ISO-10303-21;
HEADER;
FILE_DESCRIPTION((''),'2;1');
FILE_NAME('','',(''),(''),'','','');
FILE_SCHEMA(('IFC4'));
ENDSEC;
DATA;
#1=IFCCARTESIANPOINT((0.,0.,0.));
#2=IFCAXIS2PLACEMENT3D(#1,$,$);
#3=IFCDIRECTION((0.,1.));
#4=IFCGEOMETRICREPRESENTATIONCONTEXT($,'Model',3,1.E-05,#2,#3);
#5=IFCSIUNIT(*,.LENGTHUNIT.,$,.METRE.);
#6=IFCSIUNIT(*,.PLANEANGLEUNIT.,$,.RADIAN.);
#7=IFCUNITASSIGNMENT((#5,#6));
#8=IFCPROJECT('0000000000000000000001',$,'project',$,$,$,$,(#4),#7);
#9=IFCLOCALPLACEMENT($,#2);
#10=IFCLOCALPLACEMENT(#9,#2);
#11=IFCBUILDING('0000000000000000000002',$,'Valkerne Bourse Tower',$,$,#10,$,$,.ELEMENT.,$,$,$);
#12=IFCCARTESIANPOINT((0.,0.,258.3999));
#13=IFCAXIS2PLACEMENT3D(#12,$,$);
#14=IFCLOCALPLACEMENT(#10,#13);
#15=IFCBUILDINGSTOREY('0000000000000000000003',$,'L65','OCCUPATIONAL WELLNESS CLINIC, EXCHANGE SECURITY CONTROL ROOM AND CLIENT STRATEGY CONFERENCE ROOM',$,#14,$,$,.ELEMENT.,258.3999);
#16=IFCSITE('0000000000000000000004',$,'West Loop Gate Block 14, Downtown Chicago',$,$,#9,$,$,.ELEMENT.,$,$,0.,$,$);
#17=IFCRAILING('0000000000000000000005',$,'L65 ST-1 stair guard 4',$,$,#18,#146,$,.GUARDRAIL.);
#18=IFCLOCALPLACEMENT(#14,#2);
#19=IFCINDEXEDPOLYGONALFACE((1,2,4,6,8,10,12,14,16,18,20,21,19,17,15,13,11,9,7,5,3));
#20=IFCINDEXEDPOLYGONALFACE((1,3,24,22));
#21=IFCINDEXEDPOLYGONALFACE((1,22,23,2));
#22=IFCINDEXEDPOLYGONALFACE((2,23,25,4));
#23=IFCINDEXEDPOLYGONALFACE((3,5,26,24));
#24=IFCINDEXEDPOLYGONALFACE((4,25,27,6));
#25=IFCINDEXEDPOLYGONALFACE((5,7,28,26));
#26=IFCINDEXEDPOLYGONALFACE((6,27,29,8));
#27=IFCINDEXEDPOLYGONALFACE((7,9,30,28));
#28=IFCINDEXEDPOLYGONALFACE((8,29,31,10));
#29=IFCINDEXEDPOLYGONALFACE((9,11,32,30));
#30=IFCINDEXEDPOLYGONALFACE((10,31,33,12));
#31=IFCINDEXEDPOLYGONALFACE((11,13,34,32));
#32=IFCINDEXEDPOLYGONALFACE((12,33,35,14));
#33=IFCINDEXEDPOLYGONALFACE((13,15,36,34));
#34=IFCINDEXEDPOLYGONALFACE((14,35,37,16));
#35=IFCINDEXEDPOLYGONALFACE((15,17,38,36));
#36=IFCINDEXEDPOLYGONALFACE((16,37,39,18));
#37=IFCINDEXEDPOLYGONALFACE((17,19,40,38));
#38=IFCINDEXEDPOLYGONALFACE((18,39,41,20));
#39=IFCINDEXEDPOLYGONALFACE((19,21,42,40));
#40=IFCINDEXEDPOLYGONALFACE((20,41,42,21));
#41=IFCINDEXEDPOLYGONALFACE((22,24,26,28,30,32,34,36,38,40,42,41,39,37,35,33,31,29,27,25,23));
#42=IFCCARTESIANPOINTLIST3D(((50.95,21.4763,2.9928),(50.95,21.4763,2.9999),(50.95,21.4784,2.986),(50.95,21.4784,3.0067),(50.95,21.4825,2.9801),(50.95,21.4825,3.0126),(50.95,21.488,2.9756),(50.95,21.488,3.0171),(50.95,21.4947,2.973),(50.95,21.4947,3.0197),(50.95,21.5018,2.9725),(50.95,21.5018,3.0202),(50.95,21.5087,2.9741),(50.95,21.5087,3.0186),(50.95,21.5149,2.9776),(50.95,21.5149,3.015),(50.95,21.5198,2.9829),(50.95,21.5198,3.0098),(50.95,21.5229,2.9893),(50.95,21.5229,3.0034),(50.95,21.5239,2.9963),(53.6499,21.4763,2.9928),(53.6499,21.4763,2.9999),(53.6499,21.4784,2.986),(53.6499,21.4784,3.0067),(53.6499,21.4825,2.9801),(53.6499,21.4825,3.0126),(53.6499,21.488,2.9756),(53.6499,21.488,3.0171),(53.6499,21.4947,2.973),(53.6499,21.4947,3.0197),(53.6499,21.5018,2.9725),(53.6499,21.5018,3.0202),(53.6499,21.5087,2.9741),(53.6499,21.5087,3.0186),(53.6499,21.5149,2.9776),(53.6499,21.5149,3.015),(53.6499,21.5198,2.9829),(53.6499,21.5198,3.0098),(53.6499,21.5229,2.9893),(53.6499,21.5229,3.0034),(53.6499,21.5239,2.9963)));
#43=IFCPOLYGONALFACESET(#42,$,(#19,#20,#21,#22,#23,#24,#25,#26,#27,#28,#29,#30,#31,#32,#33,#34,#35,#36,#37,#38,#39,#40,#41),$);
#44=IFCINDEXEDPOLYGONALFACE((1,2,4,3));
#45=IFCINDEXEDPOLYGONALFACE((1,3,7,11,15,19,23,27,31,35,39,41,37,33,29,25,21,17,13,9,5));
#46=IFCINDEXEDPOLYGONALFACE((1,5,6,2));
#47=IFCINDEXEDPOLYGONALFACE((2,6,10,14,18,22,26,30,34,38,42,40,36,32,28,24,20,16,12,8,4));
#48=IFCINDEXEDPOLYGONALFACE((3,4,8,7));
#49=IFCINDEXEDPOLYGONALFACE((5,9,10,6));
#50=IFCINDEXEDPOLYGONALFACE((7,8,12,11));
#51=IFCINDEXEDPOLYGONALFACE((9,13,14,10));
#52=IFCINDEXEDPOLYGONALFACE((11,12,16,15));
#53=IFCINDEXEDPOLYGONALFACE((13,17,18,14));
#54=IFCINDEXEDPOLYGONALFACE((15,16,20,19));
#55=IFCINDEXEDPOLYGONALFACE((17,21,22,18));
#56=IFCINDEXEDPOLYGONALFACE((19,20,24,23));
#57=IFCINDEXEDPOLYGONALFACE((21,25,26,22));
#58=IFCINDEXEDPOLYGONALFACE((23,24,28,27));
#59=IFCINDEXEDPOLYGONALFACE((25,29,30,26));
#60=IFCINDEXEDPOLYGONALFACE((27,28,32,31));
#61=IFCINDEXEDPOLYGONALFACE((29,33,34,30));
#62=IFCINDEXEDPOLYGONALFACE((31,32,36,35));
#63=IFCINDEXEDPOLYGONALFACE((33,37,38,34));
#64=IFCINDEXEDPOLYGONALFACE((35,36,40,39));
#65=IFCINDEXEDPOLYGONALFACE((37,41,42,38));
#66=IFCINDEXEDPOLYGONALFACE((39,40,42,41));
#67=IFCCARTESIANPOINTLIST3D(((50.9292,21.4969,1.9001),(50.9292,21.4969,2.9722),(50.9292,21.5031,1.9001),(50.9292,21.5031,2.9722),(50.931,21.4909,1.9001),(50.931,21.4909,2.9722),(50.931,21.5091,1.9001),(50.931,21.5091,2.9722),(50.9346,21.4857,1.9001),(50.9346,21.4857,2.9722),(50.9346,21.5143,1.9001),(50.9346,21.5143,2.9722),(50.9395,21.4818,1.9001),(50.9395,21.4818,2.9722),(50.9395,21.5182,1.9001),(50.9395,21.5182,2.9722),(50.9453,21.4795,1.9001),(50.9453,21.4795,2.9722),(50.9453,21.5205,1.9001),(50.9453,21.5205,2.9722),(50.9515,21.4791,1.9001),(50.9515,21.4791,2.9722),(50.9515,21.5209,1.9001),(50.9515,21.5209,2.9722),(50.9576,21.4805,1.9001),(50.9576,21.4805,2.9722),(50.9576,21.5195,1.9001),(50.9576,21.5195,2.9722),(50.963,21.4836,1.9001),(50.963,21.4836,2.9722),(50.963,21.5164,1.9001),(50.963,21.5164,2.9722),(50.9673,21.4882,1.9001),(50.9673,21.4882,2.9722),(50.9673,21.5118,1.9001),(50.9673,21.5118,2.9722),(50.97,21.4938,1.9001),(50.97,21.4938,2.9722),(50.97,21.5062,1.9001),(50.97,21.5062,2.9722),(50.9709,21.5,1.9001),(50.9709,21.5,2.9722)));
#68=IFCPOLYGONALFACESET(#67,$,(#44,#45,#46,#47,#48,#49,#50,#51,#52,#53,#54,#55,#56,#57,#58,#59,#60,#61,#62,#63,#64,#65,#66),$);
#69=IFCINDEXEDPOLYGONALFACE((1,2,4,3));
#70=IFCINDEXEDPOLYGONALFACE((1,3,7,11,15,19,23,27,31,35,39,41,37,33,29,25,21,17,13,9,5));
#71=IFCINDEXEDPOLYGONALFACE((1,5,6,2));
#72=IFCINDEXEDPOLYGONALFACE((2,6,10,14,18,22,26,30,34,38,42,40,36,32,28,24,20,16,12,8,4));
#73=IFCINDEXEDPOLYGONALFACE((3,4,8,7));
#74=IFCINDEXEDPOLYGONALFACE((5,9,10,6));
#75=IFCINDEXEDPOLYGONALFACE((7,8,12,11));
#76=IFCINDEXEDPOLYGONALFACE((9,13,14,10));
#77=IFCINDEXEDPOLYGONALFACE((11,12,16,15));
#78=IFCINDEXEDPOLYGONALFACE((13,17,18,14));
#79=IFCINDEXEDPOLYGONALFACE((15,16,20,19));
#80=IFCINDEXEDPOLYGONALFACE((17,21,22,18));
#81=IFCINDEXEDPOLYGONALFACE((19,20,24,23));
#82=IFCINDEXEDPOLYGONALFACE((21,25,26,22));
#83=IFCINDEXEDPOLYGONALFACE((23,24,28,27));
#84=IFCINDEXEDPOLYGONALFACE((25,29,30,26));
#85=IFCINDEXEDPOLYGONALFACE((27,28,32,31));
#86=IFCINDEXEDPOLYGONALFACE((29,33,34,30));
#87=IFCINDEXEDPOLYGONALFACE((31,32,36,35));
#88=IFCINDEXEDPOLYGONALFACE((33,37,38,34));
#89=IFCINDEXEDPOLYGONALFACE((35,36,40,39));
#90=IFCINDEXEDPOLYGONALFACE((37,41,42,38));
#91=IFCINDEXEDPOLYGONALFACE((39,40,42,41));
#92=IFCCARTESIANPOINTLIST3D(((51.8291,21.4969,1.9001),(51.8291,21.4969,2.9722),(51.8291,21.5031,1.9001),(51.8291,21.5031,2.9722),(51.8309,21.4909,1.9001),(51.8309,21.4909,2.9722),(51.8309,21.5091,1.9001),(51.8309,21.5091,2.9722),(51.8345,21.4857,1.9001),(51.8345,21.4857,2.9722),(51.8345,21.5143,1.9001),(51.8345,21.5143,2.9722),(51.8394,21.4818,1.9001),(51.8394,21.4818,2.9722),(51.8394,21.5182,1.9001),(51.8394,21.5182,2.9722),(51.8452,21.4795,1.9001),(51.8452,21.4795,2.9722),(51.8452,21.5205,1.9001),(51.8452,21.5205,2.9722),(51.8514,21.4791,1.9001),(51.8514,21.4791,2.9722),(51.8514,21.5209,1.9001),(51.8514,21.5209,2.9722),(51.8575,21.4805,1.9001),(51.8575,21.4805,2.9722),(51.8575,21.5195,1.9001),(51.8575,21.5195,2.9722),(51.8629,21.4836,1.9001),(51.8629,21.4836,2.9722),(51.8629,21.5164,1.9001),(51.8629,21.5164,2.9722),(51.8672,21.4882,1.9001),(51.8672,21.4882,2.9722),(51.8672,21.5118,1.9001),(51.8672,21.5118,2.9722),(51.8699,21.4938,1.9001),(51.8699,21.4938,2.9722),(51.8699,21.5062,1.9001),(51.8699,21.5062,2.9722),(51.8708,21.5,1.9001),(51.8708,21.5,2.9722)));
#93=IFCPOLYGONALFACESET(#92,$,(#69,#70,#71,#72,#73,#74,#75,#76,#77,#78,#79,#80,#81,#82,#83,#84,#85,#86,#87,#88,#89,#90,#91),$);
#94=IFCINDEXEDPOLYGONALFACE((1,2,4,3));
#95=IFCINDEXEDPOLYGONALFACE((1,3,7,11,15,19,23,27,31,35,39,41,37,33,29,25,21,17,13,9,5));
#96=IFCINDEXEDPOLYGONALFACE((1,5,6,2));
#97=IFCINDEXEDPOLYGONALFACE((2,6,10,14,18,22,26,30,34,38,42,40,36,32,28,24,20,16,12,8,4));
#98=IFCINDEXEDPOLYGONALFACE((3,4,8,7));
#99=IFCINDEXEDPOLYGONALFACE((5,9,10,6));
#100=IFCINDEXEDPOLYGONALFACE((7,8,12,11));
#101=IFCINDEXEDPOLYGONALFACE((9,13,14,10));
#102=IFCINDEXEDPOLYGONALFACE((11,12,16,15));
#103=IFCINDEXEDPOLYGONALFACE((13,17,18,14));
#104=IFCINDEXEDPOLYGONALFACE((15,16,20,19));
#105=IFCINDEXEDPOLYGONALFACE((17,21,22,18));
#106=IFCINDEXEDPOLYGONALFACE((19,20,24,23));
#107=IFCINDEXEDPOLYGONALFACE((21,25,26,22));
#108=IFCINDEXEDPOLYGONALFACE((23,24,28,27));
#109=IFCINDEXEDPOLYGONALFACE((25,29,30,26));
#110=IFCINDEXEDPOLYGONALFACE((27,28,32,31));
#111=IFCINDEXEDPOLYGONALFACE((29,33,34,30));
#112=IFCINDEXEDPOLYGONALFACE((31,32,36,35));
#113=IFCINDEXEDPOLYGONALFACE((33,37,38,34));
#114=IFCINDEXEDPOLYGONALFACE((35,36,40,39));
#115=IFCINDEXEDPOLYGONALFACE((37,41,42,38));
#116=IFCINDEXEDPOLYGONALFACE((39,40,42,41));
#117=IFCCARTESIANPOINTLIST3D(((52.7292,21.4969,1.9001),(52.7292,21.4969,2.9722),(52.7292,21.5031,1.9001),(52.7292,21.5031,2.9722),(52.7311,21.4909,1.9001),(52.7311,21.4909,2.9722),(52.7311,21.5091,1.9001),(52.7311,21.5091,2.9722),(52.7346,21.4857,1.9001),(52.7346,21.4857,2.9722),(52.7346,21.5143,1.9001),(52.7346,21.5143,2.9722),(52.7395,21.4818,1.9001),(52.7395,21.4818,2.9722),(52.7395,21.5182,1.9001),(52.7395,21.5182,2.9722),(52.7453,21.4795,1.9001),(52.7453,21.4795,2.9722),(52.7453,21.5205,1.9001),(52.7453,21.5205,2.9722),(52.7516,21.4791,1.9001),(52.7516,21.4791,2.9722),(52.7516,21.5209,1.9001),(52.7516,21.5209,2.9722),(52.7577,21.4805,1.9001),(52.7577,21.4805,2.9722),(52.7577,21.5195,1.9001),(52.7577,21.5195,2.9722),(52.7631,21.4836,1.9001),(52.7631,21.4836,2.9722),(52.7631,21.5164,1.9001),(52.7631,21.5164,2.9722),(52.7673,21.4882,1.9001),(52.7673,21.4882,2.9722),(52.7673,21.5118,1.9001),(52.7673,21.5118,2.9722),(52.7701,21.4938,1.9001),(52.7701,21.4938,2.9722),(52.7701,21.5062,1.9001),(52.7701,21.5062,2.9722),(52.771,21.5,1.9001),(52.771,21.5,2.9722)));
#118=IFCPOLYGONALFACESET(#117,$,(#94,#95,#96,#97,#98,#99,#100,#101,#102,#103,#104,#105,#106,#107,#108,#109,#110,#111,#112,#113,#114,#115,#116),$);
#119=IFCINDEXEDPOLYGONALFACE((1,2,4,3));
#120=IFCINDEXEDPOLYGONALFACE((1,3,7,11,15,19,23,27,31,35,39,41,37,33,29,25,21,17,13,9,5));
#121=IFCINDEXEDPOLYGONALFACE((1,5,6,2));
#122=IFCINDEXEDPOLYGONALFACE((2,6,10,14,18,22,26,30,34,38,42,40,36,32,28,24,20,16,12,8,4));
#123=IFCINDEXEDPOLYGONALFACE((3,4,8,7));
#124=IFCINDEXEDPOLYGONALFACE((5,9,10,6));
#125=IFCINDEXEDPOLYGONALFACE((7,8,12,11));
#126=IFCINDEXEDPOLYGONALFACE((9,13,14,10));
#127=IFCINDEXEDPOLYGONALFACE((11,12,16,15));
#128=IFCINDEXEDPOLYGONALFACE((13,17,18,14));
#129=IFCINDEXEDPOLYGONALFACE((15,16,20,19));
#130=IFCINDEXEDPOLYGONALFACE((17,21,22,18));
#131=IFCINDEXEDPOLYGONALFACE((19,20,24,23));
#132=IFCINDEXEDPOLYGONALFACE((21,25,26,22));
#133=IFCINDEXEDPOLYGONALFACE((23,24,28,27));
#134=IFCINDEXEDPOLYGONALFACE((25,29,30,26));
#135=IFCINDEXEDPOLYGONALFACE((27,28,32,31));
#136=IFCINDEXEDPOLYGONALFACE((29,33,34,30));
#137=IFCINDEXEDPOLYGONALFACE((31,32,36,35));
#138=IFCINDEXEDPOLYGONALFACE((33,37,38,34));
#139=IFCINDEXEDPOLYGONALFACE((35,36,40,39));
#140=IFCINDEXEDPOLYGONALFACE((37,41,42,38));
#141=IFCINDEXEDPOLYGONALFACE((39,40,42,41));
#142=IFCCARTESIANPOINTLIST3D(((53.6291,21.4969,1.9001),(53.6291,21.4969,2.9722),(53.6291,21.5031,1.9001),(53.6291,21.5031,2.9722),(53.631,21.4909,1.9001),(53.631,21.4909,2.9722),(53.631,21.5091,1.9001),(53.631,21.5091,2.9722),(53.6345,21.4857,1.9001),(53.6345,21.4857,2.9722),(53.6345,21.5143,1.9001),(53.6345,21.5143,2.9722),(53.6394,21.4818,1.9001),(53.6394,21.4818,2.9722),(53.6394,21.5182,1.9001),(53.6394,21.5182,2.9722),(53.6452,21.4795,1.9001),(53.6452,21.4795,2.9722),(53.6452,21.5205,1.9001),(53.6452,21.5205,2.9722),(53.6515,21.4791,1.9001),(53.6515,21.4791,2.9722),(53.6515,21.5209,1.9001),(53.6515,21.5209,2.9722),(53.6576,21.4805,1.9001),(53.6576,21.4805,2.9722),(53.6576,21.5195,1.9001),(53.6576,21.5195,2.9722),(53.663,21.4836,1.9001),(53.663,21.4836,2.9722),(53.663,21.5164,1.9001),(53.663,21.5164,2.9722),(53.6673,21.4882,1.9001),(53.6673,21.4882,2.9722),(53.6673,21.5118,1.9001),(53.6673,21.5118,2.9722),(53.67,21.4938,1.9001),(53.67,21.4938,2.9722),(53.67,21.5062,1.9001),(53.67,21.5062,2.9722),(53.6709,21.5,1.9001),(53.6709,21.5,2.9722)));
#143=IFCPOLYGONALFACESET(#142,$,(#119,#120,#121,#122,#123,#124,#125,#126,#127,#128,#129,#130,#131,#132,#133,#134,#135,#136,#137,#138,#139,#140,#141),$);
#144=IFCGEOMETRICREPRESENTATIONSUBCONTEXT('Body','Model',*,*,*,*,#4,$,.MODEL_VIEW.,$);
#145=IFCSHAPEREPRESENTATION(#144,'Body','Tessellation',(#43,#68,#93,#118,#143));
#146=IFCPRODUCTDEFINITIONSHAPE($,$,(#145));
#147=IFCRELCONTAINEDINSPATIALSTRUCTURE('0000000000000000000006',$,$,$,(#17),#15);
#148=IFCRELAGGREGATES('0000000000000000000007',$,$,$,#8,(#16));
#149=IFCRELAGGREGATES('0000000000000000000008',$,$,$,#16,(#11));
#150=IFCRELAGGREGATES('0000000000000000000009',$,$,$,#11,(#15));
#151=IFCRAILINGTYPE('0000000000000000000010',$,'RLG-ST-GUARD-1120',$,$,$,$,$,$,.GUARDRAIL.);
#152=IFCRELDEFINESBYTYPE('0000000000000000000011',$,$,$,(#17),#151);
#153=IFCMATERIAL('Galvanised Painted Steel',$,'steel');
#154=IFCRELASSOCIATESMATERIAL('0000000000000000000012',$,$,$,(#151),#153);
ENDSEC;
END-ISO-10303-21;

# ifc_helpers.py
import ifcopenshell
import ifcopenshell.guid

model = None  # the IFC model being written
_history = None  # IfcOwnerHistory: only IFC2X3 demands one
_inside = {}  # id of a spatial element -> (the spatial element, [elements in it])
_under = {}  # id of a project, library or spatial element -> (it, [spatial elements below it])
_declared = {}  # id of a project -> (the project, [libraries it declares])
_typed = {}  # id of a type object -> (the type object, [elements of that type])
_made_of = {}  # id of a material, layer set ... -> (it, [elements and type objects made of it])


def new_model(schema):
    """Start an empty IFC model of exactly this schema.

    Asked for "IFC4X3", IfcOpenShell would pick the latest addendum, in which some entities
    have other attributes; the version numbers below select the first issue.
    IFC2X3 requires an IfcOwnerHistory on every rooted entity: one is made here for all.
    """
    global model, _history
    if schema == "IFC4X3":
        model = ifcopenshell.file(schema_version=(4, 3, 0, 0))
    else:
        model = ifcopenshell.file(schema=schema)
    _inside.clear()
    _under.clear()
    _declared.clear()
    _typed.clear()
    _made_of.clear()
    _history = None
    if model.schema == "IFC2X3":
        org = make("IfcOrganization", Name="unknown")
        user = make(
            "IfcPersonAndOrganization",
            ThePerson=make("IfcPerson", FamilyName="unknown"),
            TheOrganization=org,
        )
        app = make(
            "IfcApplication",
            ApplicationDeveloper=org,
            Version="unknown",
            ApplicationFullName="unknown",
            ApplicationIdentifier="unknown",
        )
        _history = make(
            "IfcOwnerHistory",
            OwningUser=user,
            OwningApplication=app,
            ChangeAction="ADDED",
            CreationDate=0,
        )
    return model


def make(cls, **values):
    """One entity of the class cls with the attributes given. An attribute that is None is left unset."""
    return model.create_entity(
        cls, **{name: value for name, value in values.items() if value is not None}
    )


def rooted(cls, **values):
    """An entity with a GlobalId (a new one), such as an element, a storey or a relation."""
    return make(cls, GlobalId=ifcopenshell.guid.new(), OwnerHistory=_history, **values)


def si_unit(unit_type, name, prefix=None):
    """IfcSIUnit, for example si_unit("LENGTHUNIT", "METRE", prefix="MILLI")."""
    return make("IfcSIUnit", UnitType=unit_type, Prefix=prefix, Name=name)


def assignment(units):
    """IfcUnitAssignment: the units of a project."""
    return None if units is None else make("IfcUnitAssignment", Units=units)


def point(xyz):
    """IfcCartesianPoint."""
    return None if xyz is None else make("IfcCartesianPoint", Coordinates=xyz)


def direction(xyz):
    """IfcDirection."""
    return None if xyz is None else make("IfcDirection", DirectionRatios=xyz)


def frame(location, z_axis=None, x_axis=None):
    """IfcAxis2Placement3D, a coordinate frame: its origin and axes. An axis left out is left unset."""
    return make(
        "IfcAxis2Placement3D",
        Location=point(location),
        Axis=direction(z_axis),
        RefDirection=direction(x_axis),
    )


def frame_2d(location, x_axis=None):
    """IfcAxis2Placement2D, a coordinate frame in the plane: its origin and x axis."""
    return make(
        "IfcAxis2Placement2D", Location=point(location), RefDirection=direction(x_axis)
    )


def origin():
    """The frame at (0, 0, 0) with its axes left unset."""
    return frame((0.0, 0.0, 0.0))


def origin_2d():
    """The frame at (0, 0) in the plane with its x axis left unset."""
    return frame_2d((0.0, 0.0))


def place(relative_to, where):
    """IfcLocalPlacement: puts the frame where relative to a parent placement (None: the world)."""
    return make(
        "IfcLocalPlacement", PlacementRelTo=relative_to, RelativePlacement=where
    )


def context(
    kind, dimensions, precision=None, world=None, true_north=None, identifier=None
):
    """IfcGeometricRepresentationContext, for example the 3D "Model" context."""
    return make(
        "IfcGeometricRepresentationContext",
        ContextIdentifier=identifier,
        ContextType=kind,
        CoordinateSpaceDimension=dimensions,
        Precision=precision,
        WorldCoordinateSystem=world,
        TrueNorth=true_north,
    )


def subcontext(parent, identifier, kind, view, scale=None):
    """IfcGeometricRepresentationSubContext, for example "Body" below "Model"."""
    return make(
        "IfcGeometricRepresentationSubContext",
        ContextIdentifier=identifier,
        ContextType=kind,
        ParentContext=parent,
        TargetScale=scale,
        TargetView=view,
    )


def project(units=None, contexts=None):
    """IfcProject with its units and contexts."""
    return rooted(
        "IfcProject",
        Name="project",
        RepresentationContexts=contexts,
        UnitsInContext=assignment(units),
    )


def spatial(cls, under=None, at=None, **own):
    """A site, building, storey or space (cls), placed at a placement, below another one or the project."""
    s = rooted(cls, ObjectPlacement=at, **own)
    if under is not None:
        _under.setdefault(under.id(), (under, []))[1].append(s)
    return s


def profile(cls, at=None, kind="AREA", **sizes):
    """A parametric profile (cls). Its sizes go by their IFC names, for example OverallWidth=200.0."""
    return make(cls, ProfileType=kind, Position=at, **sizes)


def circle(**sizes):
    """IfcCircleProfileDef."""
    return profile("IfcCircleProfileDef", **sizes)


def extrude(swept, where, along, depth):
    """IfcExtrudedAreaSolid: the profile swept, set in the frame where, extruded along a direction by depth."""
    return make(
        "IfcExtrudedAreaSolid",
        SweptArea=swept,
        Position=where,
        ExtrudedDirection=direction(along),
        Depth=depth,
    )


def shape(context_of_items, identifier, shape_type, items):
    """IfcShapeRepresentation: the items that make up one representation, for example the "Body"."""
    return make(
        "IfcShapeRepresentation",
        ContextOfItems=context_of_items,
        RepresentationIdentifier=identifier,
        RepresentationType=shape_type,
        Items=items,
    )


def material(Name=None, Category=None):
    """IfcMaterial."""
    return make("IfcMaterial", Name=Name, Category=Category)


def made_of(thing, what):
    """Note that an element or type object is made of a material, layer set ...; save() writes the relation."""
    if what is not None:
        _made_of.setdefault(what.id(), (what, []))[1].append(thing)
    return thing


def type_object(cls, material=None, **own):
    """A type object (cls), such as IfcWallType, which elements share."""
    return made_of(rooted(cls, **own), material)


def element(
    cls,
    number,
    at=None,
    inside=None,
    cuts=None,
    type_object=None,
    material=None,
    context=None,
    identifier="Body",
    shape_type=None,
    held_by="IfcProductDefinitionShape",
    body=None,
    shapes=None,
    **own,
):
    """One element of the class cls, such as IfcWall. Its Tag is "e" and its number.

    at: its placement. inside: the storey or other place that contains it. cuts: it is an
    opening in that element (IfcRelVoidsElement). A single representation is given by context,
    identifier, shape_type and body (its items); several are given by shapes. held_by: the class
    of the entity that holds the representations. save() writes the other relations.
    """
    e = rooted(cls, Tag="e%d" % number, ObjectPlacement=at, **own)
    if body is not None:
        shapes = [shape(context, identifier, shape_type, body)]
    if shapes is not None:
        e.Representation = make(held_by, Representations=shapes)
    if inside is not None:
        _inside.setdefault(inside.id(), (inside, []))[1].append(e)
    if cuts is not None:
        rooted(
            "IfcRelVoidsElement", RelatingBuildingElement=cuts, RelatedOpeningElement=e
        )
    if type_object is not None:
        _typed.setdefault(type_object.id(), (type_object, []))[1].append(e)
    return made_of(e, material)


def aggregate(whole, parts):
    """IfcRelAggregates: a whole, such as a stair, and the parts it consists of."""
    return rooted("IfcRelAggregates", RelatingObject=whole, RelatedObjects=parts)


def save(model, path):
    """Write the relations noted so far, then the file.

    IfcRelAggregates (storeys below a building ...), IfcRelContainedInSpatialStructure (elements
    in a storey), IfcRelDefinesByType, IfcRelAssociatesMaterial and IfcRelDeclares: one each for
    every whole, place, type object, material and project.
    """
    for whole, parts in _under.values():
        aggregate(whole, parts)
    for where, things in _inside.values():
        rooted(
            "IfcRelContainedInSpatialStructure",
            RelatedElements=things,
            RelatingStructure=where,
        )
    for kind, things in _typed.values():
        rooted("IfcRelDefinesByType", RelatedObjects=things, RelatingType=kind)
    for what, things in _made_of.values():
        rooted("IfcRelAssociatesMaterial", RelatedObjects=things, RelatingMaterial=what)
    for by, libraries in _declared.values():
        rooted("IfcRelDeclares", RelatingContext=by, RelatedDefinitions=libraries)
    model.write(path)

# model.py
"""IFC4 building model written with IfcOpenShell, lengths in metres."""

from ifc_helpers import new_model, si_unit, direction, frame, origin, origin_2d, place, context, subcontext, project, spatial, circle, extrude, material, type_object, element, save


model = new_model("IFC4")

# Units and contexts
model_context = context("Model", 3, precision=1e-05, world=origin(), true_north=direction((0.0, 1.0)))
body_context = subcontext(model_context, "Body", "Model", "MODEL_VIEW")
ifc_project = project(units=[si_unit("LENGTHUNIT", "METRE"), si_unit("PLANEANGLEUNIT", "RADIAN")], contexts=[model_context])

# Site, building, storey
site_placement = place(None, origin())
site = spatial("IfcSite", under=ifc_project, at=site_placement, Name="West Loop Gate Block 14, Downtown Chicago", CompositionType="ELEMENT", RefElevation=0.0)
building_placement = place(site_placement, origin())
building = spatial("IfcBuilding", under=site, at=building_placement, Name="Valkerne Bourse Tower", CompositionType="ELEMENT")
storey_placement = place(building_placement, frame((0.0, 0.0, 258.3999)))
storey = spatial("IfcBuildingStorey", under=building, at=storey_placement, Name="L65", Description="OCCUPATIONAL WELLNESS CLINIC, EXCHANGE SECURITY CONTROL ROOM AND CLIENT STRATEGY CONFERENCE ROOM", CompositionType="ELEMENT", Elevation=258.3999)

# Shared definitions
ifc_material_1 = material(Name="Galvanised Painted Steel", Category="steel")

# Railing
railing_type_1 = type_object("IfcRailingType", Name="RLG-ST-GUARD-1120", PredefinedType="GUARDRAIL", material=ifc_material_1)
for number, where, name in (
    (1, (50.95, 21.5, 1.9001), "L65 ST-1 stair guard 4"),
):
    element("IfcRailing", number, at=place(storey_placement, frame(where)), inside=storey, type_object=railing_type_1, Name=name, PredefinedType="GUARDRAIL", context=body_context, shape_type="SweptSolid", body=[
        extrude(circle(Radius=0.0239, at=origin_2d()), frame((0.0, 0.0, 1.0962), z_axis=(1.0, 0.0, 0.0), x_axis=(0.0, 1.0, 0.0)), (0.0, 0.0, 1.0), 2.7),
        extrude(circle(Radius=0.021, at=origin_2d()), origin(), (0.0, 0.0, 1.0), 1.072),
        extrude(circle(Radius=0.021, at=origin_2d()), frame((0.8999, 0.0, 0.0)), (0.0, 0.0, 1.0), 1.072),
        extrude(circle(Radius=0.021, at=origin_2d()), frame((1.8, 0.0, 0.0)), (0.0, 0.0, 1.0), 1.072),
        extrude(circle(Radius=0.021, at=origin_2d()), frame((2.7, 0.0, 0.0)), (0.0, 0.0, 1.0), 1.072),
    ])

save(model, "model.ifc")
